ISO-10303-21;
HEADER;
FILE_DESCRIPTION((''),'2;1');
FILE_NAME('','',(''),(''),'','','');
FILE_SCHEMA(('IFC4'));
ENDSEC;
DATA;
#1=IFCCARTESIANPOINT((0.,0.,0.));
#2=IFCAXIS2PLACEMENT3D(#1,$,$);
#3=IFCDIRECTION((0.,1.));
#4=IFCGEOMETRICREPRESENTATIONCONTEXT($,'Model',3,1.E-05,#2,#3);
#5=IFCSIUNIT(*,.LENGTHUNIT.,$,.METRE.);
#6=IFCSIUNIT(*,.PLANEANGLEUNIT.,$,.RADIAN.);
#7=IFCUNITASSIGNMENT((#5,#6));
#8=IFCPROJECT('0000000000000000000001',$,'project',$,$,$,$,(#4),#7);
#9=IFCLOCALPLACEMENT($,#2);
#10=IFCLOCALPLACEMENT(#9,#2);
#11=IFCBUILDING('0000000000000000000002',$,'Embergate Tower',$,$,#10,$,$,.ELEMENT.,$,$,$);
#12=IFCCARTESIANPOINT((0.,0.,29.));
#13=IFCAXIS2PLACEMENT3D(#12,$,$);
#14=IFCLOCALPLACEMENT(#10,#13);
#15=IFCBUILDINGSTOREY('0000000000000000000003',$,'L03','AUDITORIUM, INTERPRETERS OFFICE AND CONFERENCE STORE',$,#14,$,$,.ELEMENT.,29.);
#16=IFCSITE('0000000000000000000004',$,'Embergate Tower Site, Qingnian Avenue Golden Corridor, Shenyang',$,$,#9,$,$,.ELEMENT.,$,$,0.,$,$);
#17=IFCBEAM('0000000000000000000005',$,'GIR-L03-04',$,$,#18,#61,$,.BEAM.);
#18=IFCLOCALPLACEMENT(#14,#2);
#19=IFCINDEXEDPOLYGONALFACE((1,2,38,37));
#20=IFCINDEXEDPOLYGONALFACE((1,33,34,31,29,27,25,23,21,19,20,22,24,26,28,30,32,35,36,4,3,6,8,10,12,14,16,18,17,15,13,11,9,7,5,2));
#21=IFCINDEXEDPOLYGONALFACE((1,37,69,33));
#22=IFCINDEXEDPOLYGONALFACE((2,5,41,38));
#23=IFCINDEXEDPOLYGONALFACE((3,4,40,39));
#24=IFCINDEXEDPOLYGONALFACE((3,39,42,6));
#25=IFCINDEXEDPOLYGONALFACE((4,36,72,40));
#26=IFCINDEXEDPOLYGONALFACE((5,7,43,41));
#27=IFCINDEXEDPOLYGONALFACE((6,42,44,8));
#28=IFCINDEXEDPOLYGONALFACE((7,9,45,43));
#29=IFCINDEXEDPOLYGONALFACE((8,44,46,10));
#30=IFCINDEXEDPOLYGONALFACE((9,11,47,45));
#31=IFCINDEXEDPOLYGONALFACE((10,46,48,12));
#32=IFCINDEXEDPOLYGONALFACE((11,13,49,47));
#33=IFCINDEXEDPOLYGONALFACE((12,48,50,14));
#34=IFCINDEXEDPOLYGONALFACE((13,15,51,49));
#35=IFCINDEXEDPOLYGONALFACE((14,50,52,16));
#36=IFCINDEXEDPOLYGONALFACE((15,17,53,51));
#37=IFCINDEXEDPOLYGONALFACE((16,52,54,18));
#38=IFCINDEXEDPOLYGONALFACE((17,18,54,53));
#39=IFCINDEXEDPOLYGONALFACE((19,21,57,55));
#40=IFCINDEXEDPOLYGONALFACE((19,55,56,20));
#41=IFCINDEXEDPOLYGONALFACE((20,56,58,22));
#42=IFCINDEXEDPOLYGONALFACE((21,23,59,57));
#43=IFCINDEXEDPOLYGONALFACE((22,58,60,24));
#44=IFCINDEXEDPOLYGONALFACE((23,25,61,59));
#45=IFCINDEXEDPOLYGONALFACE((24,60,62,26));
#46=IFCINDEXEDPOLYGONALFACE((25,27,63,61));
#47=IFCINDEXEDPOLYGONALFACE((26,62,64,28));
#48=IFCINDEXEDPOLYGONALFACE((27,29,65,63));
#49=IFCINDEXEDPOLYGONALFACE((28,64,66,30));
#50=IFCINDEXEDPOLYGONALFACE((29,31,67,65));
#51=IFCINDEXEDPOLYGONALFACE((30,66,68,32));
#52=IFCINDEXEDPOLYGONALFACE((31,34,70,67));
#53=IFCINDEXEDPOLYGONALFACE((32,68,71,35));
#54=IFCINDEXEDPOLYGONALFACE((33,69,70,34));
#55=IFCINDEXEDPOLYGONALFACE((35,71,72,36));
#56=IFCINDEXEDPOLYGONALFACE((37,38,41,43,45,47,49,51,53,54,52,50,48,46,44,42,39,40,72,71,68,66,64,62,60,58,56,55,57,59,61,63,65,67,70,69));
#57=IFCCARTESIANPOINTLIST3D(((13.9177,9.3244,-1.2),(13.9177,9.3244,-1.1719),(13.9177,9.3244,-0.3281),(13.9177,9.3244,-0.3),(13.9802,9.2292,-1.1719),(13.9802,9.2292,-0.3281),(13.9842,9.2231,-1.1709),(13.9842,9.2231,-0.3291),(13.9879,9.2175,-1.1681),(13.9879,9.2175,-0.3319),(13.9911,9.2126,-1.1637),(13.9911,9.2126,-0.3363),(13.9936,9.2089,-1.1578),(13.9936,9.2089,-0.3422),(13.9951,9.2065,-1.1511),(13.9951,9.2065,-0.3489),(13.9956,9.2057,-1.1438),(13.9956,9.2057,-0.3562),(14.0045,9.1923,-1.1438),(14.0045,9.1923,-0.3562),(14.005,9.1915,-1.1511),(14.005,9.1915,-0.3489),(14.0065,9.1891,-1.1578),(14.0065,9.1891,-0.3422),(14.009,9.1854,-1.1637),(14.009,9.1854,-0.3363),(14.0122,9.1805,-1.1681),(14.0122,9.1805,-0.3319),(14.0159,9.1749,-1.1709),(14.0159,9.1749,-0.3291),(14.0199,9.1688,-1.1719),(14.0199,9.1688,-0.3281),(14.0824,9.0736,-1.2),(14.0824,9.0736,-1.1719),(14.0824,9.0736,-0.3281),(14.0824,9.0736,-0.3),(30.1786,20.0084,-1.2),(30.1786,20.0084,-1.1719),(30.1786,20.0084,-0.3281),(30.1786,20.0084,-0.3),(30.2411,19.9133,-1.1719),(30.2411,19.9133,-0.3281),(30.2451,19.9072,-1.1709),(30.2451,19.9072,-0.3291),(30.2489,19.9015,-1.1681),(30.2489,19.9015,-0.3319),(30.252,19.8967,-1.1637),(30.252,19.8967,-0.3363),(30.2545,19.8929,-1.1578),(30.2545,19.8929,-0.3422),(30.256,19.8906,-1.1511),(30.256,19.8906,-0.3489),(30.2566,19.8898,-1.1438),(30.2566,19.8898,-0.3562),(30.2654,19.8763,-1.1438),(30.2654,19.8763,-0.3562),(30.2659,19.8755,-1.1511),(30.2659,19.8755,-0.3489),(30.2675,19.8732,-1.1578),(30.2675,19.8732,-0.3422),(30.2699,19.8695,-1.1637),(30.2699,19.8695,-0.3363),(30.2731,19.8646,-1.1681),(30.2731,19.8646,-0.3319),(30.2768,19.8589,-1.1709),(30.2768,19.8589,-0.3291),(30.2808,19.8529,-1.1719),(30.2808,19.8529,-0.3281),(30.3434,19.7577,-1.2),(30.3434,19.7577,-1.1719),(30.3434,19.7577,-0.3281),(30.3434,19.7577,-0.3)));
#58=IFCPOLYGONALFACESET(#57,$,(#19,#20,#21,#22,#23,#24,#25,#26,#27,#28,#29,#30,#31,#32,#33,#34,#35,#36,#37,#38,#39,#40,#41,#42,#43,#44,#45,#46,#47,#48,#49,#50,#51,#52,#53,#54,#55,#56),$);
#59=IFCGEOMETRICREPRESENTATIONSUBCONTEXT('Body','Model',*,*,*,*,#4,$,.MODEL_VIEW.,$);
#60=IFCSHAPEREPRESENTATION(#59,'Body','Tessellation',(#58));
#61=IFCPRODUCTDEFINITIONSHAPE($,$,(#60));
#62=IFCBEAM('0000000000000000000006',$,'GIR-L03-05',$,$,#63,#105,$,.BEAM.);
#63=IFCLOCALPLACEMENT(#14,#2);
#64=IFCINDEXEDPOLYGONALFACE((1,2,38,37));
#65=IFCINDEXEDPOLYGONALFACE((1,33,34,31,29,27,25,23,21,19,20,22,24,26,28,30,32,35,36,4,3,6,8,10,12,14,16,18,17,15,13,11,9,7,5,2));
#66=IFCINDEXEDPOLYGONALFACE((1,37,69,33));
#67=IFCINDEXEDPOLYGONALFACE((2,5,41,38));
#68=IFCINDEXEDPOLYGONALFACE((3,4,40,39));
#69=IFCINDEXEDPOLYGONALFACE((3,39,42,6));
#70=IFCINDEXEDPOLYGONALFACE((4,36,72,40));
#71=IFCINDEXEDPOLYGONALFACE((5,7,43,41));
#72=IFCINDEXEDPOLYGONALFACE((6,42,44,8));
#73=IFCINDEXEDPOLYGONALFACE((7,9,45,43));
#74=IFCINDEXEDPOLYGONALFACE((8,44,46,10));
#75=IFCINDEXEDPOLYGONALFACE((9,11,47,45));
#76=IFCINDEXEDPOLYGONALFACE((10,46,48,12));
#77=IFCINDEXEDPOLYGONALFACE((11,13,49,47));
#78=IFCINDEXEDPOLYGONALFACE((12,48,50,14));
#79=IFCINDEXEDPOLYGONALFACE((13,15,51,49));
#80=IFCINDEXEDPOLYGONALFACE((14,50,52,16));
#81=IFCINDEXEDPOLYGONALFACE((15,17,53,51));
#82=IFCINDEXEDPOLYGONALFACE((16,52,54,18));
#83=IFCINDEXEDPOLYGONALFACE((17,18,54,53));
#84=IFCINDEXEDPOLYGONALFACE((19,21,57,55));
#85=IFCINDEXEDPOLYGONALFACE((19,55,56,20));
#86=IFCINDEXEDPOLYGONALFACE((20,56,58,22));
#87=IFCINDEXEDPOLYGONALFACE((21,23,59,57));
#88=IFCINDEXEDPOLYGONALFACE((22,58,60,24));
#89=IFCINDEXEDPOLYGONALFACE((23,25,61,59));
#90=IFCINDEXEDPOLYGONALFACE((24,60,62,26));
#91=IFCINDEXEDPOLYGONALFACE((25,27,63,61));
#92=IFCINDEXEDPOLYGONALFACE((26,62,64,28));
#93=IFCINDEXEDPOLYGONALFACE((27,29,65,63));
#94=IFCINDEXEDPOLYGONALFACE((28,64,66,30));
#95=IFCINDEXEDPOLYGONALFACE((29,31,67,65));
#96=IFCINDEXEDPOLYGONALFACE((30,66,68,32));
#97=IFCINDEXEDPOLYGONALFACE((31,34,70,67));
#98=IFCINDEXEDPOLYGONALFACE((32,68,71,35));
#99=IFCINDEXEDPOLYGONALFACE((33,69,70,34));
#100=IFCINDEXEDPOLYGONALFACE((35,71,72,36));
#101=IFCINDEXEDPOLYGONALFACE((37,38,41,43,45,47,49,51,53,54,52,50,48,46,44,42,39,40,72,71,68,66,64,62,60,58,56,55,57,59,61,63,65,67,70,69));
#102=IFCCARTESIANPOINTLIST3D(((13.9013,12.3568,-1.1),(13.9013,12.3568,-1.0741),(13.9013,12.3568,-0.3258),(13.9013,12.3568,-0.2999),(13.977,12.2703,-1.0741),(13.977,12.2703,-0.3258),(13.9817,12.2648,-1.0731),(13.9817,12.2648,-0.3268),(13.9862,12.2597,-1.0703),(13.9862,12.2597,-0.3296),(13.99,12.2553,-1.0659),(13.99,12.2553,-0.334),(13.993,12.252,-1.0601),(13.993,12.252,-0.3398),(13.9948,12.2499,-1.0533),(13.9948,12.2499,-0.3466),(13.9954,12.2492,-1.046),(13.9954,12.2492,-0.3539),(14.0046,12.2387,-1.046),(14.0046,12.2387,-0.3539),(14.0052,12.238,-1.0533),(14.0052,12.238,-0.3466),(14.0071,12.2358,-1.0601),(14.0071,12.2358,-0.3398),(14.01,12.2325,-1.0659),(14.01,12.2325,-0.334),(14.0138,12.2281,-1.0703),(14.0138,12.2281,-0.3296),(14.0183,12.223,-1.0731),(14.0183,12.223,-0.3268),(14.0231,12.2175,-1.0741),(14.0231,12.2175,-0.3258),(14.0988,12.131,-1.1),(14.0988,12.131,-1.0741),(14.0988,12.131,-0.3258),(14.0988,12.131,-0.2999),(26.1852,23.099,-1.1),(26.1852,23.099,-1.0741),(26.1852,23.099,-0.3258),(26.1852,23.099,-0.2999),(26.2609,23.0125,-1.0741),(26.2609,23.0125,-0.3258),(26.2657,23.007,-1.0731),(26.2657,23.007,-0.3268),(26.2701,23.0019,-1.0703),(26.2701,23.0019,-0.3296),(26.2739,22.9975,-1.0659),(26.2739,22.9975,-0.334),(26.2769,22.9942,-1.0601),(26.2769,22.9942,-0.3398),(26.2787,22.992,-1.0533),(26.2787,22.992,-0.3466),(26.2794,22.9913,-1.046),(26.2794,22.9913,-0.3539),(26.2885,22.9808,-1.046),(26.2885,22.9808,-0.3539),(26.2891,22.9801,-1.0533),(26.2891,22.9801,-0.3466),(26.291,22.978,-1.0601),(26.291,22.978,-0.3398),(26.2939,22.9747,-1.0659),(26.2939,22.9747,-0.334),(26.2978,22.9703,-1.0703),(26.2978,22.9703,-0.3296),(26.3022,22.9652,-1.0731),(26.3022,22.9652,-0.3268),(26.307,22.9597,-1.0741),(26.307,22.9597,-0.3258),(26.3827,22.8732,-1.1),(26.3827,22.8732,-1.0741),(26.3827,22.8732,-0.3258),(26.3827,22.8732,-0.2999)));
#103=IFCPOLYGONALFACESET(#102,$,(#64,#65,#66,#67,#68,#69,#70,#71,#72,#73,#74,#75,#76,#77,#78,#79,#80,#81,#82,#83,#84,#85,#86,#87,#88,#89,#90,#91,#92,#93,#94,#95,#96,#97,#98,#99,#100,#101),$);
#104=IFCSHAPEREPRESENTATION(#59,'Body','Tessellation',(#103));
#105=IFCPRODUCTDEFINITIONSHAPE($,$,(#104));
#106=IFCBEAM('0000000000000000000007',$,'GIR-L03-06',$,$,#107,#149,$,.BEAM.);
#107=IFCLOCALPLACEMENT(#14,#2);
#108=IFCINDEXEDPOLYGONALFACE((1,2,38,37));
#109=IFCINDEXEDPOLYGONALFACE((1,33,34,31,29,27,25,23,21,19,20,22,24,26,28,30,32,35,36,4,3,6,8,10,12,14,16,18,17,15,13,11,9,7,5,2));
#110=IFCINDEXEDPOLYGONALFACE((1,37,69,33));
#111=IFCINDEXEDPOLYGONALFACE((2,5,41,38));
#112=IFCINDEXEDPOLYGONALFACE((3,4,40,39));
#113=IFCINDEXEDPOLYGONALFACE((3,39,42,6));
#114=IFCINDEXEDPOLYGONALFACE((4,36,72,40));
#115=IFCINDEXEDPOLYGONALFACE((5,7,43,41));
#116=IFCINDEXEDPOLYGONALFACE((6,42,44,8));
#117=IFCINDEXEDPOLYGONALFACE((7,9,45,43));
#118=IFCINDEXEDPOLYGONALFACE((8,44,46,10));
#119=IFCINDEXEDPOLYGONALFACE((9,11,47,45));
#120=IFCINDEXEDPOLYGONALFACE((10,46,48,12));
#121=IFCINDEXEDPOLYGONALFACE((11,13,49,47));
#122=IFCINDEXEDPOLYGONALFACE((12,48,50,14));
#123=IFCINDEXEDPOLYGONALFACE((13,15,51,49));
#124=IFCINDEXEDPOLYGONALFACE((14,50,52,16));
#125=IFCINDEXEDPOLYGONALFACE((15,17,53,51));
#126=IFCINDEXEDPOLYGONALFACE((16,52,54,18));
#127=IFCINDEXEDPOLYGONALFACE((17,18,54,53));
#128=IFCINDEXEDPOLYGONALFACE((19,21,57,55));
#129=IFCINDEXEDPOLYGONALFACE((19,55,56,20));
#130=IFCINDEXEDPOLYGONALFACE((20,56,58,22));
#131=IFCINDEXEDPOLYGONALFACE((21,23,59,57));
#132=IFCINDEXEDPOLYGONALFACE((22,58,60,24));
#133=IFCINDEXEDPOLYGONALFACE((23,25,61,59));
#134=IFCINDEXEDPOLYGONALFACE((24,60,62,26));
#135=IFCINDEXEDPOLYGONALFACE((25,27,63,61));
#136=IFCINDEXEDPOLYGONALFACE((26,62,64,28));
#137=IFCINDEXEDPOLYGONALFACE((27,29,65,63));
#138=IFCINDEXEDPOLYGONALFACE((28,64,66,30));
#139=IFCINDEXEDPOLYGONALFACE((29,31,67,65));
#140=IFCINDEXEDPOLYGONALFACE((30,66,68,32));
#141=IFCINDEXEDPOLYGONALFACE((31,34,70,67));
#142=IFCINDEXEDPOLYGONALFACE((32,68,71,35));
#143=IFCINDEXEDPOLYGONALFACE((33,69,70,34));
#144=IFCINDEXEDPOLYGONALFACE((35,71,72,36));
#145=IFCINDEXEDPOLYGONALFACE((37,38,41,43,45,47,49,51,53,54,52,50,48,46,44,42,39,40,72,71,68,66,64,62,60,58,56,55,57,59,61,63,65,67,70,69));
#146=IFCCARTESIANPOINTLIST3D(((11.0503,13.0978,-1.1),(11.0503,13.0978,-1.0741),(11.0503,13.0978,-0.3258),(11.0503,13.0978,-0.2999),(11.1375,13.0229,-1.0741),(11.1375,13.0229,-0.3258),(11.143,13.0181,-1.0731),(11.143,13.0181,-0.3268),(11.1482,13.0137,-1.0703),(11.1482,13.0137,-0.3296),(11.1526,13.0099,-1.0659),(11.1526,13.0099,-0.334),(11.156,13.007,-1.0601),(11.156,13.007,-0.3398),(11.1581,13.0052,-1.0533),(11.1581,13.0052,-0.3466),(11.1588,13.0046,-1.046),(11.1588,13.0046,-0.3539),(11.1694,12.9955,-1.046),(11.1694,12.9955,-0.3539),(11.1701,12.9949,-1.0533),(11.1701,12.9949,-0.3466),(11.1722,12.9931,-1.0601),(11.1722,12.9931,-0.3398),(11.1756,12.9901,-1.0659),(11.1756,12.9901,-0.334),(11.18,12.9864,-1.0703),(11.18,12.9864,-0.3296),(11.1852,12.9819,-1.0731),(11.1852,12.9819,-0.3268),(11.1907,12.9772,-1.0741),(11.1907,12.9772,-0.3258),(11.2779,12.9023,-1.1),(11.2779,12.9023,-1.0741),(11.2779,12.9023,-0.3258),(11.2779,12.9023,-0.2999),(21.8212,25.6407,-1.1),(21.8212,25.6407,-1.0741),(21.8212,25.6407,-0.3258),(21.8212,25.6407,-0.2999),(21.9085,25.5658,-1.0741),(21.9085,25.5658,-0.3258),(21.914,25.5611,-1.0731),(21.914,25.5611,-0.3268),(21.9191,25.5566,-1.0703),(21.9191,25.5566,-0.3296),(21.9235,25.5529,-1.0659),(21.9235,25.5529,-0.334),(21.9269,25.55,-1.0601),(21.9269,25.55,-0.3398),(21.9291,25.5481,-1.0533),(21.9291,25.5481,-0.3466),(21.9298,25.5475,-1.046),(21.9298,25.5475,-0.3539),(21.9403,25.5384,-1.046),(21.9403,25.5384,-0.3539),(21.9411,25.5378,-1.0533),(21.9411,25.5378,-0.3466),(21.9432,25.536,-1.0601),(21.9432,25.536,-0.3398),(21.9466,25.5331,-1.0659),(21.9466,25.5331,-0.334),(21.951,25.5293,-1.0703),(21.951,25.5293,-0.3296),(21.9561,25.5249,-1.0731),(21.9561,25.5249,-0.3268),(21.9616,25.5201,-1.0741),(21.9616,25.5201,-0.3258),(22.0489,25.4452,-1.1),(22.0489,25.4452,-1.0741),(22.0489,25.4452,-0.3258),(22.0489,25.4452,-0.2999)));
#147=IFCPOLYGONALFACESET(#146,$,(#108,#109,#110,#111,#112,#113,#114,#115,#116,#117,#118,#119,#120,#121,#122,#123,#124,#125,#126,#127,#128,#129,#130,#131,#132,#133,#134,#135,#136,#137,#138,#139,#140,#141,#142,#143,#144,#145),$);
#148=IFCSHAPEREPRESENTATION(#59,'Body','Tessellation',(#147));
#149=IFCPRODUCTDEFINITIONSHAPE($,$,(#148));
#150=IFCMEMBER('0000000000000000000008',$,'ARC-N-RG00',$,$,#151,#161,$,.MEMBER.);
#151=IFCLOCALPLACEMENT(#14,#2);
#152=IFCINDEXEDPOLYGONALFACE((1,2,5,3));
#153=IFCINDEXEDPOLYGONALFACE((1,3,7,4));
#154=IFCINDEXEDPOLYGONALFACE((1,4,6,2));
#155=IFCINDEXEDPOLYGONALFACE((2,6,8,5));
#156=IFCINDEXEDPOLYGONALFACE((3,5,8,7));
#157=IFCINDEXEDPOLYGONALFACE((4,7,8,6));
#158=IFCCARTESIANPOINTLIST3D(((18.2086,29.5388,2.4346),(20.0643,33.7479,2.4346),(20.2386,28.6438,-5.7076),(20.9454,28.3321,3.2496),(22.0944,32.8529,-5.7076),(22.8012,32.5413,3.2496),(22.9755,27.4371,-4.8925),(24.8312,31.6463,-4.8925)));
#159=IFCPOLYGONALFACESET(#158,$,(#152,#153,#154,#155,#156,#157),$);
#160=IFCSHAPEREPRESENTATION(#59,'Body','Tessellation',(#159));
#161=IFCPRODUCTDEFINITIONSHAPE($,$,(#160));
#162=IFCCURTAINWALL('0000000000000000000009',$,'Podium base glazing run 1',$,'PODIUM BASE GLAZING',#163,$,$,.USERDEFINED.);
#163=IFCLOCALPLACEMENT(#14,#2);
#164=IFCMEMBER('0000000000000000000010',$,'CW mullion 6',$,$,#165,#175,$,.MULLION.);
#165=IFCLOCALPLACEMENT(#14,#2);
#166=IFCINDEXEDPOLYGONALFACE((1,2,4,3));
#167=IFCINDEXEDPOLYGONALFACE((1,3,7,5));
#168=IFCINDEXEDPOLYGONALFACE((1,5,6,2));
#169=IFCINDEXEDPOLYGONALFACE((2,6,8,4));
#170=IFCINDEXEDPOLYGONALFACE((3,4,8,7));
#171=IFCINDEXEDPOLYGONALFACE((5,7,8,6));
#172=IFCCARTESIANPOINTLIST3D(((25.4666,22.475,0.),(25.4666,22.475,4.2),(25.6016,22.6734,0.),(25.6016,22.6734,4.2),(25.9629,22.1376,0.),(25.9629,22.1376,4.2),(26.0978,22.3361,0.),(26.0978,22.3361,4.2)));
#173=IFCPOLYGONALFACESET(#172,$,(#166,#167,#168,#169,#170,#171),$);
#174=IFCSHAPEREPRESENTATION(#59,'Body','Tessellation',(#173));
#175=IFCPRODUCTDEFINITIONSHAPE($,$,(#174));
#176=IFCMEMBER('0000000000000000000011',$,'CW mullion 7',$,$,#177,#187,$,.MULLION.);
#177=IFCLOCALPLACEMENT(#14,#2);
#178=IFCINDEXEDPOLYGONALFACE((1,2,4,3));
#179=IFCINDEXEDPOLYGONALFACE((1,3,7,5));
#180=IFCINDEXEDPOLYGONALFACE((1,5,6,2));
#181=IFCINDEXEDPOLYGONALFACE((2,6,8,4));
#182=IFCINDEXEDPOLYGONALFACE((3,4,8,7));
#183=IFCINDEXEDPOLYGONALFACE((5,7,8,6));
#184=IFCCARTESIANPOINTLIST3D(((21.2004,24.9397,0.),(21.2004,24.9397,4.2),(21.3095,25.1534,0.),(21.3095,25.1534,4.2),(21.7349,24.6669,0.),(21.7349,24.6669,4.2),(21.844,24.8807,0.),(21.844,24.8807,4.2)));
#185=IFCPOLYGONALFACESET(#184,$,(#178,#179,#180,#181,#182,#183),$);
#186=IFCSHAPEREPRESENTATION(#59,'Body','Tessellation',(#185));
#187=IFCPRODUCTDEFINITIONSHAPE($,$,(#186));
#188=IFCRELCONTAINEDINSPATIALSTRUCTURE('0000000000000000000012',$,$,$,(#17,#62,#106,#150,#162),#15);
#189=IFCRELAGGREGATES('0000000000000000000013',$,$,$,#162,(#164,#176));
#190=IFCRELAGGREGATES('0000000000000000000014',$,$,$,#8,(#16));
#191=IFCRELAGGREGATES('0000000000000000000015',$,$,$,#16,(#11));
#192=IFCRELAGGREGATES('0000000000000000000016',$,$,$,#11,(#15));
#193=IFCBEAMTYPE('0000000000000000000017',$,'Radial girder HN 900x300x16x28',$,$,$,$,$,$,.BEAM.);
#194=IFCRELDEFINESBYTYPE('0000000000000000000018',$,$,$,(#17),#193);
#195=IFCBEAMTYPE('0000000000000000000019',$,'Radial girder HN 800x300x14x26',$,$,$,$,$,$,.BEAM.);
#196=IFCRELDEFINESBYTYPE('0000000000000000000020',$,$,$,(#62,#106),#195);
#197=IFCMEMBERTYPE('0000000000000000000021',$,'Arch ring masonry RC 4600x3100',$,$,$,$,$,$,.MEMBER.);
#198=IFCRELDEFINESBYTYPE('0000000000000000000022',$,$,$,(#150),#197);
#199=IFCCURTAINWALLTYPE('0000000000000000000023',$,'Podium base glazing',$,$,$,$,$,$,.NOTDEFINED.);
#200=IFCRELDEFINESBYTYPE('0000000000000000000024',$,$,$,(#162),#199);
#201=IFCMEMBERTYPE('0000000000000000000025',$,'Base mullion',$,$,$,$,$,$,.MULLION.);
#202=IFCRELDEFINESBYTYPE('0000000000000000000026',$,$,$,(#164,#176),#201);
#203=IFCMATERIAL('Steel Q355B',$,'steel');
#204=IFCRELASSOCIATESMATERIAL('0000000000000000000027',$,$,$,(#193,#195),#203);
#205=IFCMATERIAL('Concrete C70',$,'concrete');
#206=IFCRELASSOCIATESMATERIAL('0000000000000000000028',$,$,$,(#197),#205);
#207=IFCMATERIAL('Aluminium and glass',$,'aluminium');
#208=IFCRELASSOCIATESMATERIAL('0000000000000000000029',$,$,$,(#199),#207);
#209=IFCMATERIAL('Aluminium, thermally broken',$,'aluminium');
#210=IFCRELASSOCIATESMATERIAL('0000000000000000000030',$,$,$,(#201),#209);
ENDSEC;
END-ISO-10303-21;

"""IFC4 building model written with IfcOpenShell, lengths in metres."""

from ifc_helpers import new_model, si_unit, direction, frame, origin, origin_2d, place, context, subcontext, project, spatial, rectangle, i_section, extrude, source, transform, mapped, material, material_profile, profile_set, type_object, element, aggregate, save


model = new_model("IFC4")

# Units and contexts
model_context = context("Model", 3, precision=1e-05, world=origin(), true_north=direction((0.0, 1.0)))
body_context = subcontext(model_context, "Body", "Model", "MODEL_VIEW")
ifc_project = project(units=[si_unit("LENGTHUNIT", "METRE"), si_unit("PLANEANGLEUNIT", "RADIAN")], contexts=[model_context])

# Site, building, storey
site_placement = place(None, origin())
site = spatial("IfcSite", under=ifc_project, at=site_placement, Name="Embergate Tower Site, Qingnian Avenue Golden Corridor, Shenyang", CompositionType="ELEMENT", RefElevation=0.0)
building_placement = place(site_placement, origin())
building = spatial("IfcBuilding", under=site, at=building_placement, Name="Embergate Tower", CompositionType="ELEMENT")
storey_placement = place(building_placement, frame((0.0, 0.0, 29.0)))
storey = spatial("IfcBuildingStorey", under=building, at=storey_placement, Name="L03", Description="AUDITORIUM, INTERPRETERS OFFICE AND CONFERENCE STORE", CompositionType="ELEMENT", Elevation=29.0)

# Shared definitions
ifc_material_1 = material(Name="Concrete C70", Category="concrete")

# Beams
ifc_material_2 = material(Name="Steel Q355B", Category="steel")
ifc_material_profile_1 = material_profile(ifc_material_2, i_section(OverallWidth=0.3, OverallDepth=0.8999, WebThickness=0.0161, FlangeThickness=0.0281, FilletRadius=0.0281, at=origin_2d()), Name="HN 900x300x16x28")
ifc_profile_set_1 = profile_set([ifc_material_profile_1], Name="Steel Q355 grade B")
beam_type_1 = type_object("IfcBeamType", Name="Radial girder HN 900x300x16x28", PredefinedType="BEAM", material=ifc_profile_set_1)
shared_shape_1 = source(origin(), body_context, "Body", "SweptSolid", [
    extrude(i_section(OverallWidth=0.3, OverallDepth=0.8999, WebThickness=0.0161, FlangeThickness=0.0281, FilletRadius=0.0281, at=origin_2d()), origin(), (0.0, 0.0, 1.0), 19.4568),
])
beam_1_placement = place(storey_placement, frame((30.261, 19.8831, -0.75), z_axis=(-0.835746, -0.549117, 0.0), x_axis=(0.549117, -0.835746, 0.0)))
element("IfcBeam", 1, at=beam_1_placement, inside=storey, type_object=beam_type_1, Name="GIR-L03-04", PredefinedType="BEAM", context=body_context, shape_type="MappedRepresentation", body=[
    mapped(shared_shape_1, transform((0.0, 0.0, 0.0))),
])
ifc_material_profile_2 = material_profile(ifc_material_2, i_section(OverallWidth=0.3, OverallDepth=0.8, WebThickness=0.0139, FlangeThickness=0.0259, FilletRadius=0.0281, at=origin_2d()), Name="HN 800x300x14x26")
ifc_profile_set_2 = profile_set([ifc_material_profile_2], Name="Steel Q355 grade B")
beam_type_2 = type_object("IfcBeamType", Name="Radial girder HN 800x300x14x26", PredefinedType="BEAM", material=ifc_profile_set_2)
shared_shape_2 = source(origin(), body_context, "Body", "SweptSolid", [
    extrude(i_section(OverallWidth=0.3, OverallDepth=0.8, WebThickness=0.0139, FlangeThickness=0.0259, FilletRadius=0.0281, at=origin_2d()), origin(), (0.0, 0.0, 1.0), 16.3184),
])
beam_2_placement = place(storey_placement, frame((26.2839, 22.9861, -0.7), z_axis=(-0.752767, -0.658287, 0.0), x_axis=(0.658287, -0.752767, 0.0)))
element("IfcBeam", 2, at=beam_2_placement, inside=storey, type_object=beam_type_2, Name="GIR-L03-05", PredefinedType="BEAM", context=body_context, shape_type="MappedRepresentation", body=[
    mapped(shared_shape_2, transform((0.0, 0.0, 0.0))),
])
shared_shape_3 = source(origin(), body_context, "Body", "SweptSolid", [
    extrude(i_section(OverallWidth=0.3, OverallDepth=0.8, WebThickness=0.0139, FlangeThickness=0.0259, FilletRadius=0.0281, at=origin_2d()), origin(), (0.0, 0.0, 1.0), 16.533),
])
beam_3_placement = place(storey_placement, frame((21.9351, 25.543, -0.7), z_axis=(-0.651484, -0.758662, 0.0), x_axis=(0.758662, -0.651484, 0.0)))
element("IfcBeam", 3, at=beam_3_placement, inside=storey, type_object=beam_type_2, Name="GIR-L03-06", PredefinedType="BEAM", context=body_context, shape_type="MappedRepresentation", body=[
    mapped(shared_shape_3, transform((0.0, 0.0, 0.0))),
])

# Member
ifc_material_profile_3 = material_profile(ifc_material_1, rectangle(XDim=4.6001, YDim=3.1001, at=origin_2d()), Name="RC 4600x3100")
ifc_profile_set_3 = profile_set([ifc_material_profile_3], Name="Concrete C70")
member_type_1 = type_object("IfcMemberType", Name="Arch ring masonry RC 4600x3100", PredefinedType="MEMBER", material=ifc_profile_set_3)
shared_shape_4 = source(origin(), body_context, "Body", "SweptSolid", [
    extrude(rectangle(XDim=4.6001, YDim=3.1001, at=origin_2d()), origin(), (0.0, 0.0, 1.0), 8.439),
])
member_1_placement = place(storey_placement, frame((22.5349, 30.145, -5.3), z_axis=(-0.240555, 0.106058, 0.964824), x_axis=(-0.403421, -0.915015, 0.0)))
element("IfcMember", 4, at=member_1_placement, inside=storey, type_object=member_type_1, Name="ARC-N-RG00", PredefinedType="MEMBER", context=body_context, shape_type="MappedRepresentation", body=[
    mapped(shared_shape_4, transform((0.0, 0.0, 0.0))),
])

# Curtain wall, members
ifc_material_3 = material(Name="Aluminium and glass", Category="aluminium")
curtain_wall_type = type_object("IfcCurtainWallType", Name="Podium base glazing", PredefinedType="NOTDEFINED", material=ifc_material_3)
curtain_wall_placement = place(storey_placement, origin())
curtain_wall = element("IfcCurtainWall", 5, at=curtain_wall_placement, inside=storey, type_object=curtain_wall_type, Name="Podium base glazing run 1", ObjectType="PODIUM BASE GLAZING", PredefinedType="USERDEFINED")
ifc_material_4 = material(Name="Aluminium, thermally broken", Category="aluminium")
ifc_material_profile_4 = material_profile(ifc_material_4, rectangle(XDim=0.24, YDim=0.6001, at=origin_2d()), Name="AL 600x240")
ifc_profile_set_4 = profile_set([ifc_material_profile_4], Name="Aluminium, thermally broken")
member_type_2 = type_object("IfcMemberType", Name="Base mullion", PredefinedType="MULLION", material=ifc_profile_set_4)
shared_shape_5 = source(origin(), body_context, "Body", "SweptSolid", [
    extrude(rectangle(XDim=0.24, YDim=0.6001, at=origin_2d()), origin(), (0.0, 0.0, 1.0), 4.2),
])
member_2_placement = place(storey_placement, frame((25.7822, 22.4055, 0.0), z_axis=(0.0, 0.0, 1.0), x_axis=(-0.562226, -0.826983, 0.0)))
member_2 = element("IfcMember", 6, at=member_2_placement, type_object=member_type_2, Name="CW mullion 6", PredefinedType="MULLION", context=body_context, shape_type="MappedRepresentation", body=[
    mapped(shared_shape_5, transform((0.0, 0.0, 0.0))),
])
member_3_placement = place(storey_placement, frame((21.5222, 24.9102, 0.0), z_axis=(0.0, 0.0, 1.0), x_axis=(-0.454519, -0.890737, 0.0)))
member_3 = element("IfcMember", 7, at=member_3_placement, type_object=member_type_2, Name="CW mullion 7", PredefinedType="MULLION", context=body_context, shape_type="MappedRepresentation", body=[
    mapped(shared_shape_5, transform((0.0, 0.0, 0.0))),
])
aggregate(curtain_wall, [member_2, member_3])

save(model, "model.ifc")
